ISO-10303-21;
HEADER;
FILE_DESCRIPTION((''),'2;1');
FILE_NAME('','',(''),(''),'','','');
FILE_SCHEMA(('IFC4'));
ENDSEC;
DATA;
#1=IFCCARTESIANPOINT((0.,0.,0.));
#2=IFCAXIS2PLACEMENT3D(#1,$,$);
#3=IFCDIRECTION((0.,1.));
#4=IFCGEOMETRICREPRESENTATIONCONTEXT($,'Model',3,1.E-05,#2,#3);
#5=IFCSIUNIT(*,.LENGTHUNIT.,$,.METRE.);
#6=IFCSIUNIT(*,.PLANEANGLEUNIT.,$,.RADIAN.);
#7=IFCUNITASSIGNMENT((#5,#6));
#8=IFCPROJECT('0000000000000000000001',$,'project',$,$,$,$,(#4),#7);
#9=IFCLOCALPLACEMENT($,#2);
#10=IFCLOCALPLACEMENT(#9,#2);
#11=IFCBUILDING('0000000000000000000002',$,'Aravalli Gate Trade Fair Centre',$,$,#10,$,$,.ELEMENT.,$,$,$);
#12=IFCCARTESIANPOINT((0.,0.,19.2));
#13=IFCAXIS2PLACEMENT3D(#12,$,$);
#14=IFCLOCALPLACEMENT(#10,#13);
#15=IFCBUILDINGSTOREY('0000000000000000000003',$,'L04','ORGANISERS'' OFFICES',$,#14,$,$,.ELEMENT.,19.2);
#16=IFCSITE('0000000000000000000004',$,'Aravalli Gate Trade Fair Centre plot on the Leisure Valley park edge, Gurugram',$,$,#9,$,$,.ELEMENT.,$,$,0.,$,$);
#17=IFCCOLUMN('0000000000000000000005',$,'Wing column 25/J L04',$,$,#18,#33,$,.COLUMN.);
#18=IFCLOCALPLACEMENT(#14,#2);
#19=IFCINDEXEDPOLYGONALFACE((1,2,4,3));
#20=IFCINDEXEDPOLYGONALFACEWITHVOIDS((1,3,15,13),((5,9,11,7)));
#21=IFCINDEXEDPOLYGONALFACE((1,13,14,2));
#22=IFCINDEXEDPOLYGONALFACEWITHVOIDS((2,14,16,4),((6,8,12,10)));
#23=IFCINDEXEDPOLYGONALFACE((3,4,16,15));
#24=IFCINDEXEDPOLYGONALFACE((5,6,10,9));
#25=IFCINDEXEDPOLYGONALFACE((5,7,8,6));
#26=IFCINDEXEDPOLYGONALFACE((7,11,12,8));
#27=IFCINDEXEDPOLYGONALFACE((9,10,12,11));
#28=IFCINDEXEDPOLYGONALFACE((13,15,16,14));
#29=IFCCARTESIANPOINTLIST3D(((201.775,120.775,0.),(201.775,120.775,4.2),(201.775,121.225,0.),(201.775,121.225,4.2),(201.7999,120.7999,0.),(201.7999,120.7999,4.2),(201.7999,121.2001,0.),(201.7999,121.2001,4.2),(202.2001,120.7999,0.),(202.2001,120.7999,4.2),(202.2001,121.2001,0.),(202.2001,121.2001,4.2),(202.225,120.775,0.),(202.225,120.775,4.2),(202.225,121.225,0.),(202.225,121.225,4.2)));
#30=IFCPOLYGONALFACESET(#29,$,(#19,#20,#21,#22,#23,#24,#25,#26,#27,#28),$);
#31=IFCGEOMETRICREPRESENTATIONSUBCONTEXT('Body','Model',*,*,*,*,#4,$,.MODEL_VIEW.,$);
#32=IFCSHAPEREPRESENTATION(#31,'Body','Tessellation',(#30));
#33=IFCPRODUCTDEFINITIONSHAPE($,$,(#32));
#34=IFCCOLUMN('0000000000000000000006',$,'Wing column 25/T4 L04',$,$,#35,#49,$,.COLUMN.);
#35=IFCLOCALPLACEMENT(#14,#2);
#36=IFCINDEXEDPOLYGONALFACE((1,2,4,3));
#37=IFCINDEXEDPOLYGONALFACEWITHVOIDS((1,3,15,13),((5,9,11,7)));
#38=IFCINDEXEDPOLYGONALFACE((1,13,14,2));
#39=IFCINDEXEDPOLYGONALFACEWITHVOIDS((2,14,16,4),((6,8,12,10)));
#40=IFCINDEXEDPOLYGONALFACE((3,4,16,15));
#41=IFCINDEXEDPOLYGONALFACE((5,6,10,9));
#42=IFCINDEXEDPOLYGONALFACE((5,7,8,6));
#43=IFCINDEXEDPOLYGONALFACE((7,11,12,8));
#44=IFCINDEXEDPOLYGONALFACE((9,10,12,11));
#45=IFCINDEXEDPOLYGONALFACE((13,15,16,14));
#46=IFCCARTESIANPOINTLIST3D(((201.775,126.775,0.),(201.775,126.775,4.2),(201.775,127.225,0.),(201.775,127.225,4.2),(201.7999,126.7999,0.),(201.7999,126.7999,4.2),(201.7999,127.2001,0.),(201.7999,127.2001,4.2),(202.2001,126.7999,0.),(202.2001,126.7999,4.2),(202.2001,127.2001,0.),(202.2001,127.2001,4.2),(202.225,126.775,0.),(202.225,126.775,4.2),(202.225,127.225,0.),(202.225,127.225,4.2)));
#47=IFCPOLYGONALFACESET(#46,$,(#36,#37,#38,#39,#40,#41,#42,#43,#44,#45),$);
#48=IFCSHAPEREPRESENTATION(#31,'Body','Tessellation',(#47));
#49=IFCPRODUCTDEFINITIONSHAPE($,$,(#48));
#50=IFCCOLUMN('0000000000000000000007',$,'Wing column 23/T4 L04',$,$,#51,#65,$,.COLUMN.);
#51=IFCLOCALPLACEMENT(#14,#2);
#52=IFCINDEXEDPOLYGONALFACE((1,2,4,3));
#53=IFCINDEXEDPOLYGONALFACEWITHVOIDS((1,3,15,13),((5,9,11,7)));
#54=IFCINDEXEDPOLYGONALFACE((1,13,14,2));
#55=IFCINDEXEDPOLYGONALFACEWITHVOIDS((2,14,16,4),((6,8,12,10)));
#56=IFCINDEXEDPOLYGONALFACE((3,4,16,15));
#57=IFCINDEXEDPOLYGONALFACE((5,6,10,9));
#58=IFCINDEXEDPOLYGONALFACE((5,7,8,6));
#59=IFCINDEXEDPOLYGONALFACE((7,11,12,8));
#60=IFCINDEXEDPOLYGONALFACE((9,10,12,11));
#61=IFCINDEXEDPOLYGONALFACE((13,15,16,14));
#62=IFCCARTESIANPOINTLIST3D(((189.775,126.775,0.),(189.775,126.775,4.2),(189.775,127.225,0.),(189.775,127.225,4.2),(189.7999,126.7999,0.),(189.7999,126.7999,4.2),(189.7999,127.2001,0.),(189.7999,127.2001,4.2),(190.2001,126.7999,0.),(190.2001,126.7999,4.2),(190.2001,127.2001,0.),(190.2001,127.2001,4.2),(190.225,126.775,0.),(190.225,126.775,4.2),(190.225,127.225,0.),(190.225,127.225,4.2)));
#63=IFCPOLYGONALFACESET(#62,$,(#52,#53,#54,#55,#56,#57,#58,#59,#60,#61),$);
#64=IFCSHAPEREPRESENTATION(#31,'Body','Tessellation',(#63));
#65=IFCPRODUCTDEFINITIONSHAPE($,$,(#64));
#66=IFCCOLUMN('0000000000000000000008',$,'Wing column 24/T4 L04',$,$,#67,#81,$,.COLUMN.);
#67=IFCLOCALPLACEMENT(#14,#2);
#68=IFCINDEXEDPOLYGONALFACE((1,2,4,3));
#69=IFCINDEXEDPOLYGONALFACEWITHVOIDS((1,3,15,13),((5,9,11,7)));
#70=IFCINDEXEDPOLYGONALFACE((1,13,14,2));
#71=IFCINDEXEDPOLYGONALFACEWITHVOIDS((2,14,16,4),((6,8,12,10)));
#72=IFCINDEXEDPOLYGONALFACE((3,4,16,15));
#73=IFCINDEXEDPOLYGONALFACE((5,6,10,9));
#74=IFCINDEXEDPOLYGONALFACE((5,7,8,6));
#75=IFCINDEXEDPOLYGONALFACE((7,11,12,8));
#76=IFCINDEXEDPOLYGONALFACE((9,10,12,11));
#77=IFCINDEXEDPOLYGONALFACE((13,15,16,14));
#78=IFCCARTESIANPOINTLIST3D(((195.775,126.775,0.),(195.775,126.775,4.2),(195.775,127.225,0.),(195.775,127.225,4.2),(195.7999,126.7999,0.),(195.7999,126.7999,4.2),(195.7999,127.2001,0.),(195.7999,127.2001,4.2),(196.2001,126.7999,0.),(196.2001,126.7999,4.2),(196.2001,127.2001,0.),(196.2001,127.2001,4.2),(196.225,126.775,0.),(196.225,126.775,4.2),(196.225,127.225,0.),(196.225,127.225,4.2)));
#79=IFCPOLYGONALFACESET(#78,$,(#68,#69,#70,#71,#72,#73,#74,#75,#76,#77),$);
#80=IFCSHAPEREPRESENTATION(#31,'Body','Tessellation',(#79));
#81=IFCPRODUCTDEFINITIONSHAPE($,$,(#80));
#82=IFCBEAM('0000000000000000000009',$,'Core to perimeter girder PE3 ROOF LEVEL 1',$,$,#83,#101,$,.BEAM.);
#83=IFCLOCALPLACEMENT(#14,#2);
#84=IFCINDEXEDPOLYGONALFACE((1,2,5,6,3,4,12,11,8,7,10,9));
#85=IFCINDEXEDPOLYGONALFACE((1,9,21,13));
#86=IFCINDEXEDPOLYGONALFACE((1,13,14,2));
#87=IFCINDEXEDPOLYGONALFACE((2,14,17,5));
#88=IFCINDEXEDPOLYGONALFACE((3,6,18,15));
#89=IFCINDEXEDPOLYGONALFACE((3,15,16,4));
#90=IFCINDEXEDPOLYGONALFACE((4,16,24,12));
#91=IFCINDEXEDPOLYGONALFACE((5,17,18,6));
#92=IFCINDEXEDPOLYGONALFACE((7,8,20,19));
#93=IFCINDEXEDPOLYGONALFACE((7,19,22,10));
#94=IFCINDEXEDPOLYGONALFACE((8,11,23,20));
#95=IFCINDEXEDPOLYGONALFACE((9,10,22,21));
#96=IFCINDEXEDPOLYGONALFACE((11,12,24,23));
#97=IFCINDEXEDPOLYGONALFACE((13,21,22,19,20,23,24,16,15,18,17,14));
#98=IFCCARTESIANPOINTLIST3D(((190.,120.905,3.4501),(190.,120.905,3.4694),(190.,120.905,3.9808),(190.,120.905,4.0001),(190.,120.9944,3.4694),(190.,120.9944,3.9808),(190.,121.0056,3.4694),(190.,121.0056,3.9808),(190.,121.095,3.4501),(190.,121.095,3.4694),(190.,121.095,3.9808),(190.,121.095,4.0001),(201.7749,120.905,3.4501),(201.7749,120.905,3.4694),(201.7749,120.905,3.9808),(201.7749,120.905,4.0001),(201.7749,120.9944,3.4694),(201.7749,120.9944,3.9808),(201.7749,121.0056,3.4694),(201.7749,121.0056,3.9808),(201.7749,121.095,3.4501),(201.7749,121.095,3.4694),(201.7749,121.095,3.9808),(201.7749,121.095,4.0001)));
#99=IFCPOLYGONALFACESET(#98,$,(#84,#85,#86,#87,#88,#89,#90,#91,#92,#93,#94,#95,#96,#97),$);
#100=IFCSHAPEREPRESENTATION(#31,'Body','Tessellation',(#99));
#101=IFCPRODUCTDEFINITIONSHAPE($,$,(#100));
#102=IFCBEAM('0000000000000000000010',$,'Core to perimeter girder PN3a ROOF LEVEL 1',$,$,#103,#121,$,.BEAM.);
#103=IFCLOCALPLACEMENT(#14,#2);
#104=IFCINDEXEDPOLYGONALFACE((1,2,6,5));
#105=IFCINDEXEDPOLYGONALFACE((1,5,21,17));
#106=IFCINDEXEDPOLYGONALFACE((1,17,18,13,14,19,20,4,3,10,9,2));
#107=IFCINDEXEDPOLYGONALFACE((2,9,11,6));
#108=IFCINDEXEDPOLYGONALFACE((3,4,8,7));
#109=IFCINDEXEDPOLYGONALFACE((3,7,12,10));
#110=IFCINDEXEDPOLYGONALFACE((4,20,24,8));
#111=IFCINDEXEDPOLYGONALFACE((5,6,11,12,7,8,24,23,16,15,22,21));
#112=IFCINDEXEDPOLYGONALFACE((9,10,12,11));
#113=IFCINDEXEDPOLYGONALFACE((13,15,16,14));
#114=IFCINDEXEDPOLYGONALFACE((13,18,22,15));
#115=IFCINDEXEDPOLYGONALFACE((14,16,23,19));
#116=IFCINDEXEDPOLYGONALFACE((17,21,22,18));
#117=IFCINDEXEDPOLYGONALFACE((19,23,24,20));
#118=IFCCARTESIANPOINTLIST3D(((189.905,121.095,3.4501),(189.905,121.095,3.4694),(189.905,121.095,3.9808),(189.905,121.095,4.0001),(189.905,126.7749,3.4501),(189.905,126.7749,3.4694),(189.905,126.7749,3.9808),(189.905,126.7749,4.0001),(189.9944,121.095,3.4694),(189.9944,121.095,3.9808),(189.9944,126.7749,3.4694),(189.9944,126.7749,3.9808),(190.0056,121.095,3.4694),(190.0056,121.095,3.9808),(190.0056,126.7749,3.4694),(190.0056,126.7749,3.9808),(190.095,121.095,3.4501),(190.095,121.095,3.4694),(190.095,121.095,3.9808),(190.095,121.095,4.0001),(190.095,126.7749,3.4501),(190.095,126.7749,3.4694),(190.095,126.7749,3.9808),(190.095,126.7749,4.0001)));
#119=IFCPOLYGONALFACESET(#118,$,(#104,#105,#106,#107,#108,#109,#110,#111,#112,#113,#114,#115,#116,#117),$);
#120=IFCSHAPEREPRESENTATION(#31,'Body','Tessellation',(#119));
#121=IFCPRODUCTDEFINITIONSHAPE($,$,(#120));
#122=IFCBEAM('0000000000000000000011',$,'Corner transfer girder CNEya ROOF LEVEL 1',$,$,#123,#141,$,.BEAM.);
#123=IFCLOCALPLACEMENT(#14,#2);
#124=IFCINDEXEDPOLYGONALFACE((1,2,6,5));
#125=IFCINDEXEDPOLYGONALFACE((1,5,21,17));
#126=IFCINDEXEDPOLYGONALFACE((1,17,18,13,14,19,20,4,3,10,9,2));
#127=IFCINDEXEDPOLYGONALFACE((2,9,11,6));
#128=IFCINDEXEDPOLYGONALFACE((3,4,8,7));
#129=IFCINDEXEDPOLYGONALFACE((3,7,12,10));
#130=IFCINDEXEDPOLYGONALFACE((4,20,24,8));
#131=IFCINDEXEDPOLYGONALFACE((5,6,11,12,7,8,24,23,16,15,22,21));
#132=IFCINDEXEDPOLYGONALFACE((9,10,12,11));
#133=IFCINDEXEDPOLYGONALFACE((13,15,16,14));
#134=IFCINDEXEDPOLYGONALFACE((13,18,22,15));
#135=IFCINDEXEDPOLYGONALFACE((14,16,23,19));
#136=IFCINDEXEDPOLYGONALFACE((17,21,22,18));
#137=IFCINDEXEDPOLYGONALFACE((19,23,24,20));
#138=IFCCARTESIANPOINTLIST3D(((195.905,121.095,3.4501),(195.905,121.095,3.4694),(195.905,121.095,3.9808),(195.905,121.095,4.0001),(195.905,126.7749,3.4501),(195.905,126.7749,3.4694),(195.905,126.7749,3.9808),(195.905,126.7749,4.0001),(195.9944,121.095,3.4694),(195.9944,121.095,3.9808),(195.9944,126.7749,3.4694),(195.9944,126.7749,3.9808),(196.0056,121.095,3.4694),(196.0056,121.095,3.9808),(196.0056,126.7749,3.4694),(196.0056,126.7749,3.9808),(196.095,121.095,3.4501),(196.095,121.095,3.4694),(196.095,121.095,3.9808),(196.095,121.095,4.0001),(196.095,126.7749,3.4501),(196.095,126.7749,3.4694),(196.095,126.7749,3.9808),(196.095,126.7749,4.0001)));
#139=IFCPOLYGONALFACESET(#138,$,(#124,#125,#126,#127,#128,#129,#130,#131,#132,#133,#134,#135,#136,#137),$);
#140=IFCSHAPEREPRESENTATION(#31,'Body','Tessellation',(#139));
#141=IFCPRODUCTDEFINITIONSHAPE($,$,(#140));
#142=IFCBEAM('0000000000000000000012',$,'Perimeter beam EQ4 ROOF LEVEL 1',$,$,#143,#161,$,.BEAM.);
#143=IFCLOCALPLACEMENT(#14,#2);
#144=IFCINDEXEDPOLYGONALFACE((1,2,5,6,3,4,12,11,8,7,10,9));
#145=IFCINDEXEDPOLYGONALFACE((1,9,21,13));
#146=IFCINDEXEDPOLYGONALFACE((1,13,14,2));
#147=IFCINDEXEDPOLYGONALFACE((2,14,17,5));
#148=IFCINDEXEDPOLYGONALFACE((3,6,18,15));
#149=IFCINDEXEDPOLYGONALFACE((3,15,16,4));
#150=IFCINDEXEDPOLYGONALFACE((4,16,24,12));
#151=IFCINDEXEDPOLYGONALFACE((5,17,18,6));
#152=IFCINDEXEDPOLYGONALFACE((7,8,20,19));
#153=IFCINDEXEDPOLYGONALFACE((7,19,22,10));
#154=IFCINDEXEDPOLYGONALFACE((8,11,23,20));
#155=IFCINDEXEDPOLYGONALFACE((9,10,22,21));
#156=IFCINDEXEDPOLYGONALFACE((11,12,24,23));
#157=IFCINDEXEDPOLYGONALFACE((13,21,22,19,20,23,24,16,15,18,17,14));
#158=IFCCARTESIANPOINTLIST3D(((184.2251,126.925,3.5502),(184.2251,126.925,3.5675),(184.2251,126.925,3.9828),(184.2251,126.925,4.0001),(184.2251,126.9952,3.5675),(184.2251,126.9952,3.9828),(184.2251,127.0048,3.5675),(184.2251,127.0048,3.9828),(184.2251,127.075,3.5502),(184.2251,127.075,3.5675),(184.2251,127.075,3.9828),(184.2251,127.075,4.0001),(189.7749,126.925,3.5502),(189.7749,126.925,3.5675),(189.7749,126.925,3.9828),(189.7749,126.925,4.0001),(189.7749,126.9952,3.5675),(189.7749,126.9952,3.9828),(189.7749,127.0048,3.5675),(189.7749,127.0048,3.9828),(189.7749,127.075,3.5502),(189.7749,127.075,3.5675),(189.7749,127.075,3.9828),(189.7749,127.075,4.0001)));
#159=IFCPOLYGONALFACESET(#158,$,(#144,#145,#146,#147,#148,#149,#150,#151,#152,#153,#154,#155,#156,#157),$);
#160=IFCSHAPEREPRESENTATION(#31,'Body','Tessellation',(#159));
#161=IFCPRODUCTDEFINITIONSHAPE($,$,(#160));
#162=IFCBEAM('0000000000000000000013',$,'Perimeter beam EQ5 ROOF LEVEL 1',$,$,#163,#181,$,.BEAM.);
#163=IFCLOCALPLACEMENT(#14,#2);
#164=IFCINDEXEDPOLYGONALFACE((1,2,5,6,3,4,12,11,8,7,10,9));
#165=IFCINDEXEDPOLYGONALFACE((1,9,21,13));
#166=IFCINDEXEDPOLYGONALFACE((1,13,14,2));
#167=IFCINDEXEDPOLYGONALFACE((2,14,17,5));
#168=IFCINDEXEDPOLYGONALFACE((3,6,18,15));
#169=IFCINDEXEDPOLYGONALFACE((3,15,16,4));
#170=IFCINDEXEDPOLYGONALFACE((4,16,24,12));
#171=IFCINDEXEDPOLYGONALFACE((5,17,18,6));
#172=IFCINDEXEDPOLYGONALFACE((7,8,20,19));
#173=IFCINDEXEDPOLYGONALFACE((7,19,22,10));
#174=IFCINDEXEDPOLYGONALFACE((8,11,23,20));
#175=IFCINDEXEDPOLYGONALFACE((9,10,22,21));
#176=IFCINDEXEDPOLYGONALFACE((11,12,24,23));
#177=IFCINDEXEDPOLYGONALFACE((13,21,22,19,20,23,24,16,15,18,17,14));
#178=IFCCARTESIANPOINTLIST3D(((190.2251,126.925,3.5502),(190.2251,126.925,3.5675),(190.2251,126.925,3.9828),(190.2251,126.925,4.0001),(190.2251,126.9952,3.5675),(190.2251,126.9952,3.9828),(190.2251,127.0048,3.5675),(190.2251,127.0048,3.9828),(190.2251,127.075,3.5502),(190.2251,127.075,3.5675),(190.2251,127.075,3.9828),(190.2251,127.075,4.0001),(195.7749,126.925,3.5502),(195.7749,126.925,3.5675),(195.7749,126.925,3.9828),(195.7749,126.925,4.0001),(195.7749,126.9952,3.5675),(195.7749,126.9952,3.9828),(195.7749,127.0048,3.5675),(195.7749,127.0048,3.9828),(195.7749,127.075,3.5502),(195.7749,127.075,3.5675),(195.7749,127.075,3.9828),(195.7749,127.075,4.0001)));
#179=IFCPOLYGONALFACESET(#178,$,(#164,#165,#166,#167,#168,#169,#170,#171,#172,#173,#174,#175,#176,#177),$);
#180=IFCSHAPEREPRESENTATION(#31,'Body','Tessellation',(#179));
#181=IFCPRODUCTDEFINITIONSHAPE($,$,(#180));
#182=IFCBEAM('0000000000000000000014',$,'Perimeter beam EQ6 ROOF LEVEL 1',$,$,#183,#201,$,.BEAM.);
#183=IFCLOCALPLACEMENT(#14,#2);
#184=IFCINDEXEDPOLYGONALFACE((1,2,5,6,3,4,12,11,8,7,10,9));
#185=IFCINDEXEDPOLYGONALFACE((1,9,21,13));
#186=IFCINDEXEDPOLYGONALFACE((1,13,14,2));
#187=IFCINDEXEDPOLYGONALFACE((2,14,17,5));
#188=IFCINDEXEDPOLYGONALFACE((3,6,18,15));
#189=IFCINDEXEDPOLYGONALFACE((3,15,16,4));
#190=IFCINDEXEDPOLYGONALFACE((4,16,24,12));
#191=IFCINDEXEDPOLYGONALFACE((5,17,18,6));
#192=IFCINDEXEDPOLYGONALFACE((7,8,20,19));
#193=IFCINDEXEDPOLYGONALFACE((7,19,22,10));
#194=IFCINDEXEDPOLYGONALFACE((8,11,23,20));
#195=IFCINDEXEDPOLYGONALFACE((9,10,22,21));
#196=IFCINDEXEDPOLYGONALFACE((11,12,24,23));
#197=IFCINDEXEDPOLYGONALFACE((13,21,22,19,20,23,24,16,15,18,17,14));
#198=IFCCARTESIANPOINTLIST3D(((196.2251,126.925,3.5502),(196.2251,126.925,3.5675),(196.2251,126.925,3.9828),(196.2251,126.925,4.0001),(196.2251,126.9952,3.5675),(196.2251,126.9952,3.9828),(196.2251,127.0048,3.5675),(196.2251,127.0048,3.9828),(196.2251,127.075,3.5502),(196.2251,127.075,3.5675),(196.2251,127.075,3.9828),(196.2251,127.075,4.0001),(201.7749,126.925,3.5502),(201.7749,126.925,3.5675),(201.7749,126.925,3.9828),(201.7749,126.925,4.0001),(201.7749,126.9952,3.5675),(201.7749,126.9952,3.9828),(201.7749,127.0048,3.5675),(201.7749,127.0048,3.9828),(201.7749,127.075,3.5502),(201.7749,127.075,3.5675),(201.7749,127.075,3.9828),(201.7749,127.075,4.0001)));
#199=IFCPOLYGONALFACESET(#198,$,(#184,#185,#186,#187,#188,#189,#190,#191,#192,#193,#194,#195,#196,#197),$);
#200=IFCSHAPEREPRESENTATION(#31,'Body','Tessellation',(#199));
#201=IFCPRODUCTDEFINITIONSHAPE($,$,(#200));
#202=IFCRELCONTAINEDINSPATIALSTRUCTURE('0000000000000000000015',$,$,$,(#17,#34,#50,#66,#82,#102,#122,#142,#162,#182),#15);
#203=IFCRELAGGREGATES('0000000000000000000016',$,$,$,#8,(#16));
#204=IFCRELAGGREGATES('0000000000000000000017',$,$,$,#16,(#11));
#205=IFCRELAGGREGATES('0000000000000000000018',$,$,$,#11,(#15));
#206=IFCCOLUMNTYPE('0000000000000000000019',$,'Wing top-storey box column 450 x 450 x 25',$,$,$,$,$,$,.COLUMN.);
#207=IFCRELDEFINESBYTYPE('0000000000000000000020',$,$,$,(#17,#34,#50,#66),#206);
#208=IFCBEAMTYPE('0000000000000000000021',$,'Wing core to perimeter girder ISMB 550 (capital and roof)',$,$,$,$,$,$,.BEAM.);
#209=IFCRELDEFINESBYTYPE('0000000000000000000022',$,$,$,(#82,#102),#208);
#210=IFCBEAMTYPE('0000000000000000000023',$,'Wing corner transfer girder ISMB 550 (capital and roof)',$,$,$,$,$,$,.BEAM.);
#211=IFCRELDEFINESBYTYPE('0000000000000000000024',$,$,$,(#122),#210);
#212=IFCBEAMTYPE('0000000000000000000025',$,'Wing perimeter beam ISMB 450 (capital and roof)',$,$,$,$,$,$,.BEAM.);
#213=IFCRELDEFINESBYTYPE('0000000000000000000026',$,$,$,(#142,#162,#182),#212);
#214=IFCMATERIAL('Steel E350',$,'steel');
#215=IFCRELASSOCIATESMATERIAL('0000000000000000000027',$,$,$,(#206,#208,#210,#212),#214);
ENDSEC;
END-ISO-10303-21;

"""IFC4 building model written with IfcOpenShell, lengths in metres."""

from ifc_helpers import new_model, si_unit, direction, frame, origin, origin_2d, place, context, subcontext, project, spatial, hollow_rectangle, i_section, extrude, material, material_profile, profile_set, type_object, element, save


model = new_model("IFC4")

# Units and contexts
model_context = context("Model", 3, precision=1e-05, world=origin(), true_north=direction((0.0, 1.0)))
body_context = subcontext(model_context, "Body", "Model", "MODEL_VIEW")
ifc_project = project(units=[si_unit("LENGTHUNIT", "METRE"), si_unit("PLANEANGLEUNIT", "RADIAN")], contexts=[model_context])

# Site, building, storey
site_placement = place(None, origin())
site = spatial("IfcSite", under=ifc_project, at=site_placement, Name="Aravalli Gate Trade Fair Centre plot on the Leisure Valley park edge, Gurugram", CompositionType="ELEMENT", RefElevation=0.0)
building_placement = place(site_placement, origin())
building = spatial("IfcBuilding", under=site, at=building_placement, Name="Aravalli Gate Trade Fair Centre", CompositionType="ELEMENT")
storey_placement = place(building_placement, frame((0.0, 0.0, 19.2)))
storey = spatial("IfcBuildingStorey", under=building, at=storey_placement, Name="L04", Description="ORGANISERS' OFFICES", CompositionType="ELEMENT", Elevation=19.2)

# Columns
ifc_material_1 = material(Name="Steel E350", Category="steel")
ifc_material_profile_1 = material_profile(ifc_material_1, hollow_rectangle(XDim=0.45, YDim=0.45, WallThickness=0.0249, at=origin_2d()), Name="BOX 450x450x25")
ifc_profile_set_1 = profile_set([ifc_material_profile_1], Name="Steel E350")
column_type = type_object("IfcColumnType", Name="Wing top-storey box column 450 x 450 x 25", PredefinedType="COLUMN", material=ifc_profile_set_1)
for number, where, z_axis, x_axis, name in (
    (1, (202.0, 121.0, 0.0), (0.0, 0.0, 1.0), (1.0, 0.0, 0.0), "Wing column 25/J L04"),
    (2, (202.0, 127.0, 0.0), (0.0, 0.0, 1.0), (1.0, 0.0, 0.0), "Wing column 25/T4 L04"),
    (3, (190.0, 127.0, 0.0), (0.0, 0.0, 1.0), (1.0, 0.0, 0.0), "Wing column 23/T4 L04"),
    (4, (196.0, 127.0, 0.0), (0.0, 0.0, 1.0), (1.0, 0.0, 0.0), "Wing column 24/T4 L04"),
):
    element("IfcColumn", number, at=place(storey_placement, frame(where, z_axis=z_axis, x_axis=x_axis)), inside=storey, type_object=column_type, Name=name, PredefinedType="COLUMN", context=body_context, shape_type="SweptSolid", body=[
        extrude(hollow_rectangle(XDim=0.45, YDim=0.45, WallThickness=0.0249, at=origin_2d()), origin(), (0.0, 0.0, 1.0), 4.2),
    ])

# Beams
ifc_material_profile_2 = material_profile(ifc_material_1, i_section(OverallWidth=0.1899, OverallDepth=0.55, WebThickness=0.0112, FlangeThickness=0.0193, at=origin_2d()), Name="ISMB 550")
ifc_profile_set_2 = profile_set([ifc_material_profile_2], Name="Steel E350")
beam_type_1 = type_object("IfcBeamType", Name="Wing core to perimeter girder ISMB 550 (capital and roof)", PredefinedType="BEAM", material=ifc_profile_set_2)
beam_1_placement = place(storey_placement, frame((190.0, 121.0, 3.7251), z_axis=(1.0, 0.0, 0.0), x_axis=(0.0, 1.0, 0.0)))
element("IfcBeam", 5, at=beam_1_placement, inside=storey, type_object=beam_type_1, Name="Core to perimeter girder PE3 ROOF LEVEL 1", PredefinedType="BEAM", context=body_context, shape_type="SweptSolid", body=[
    extrude(i_section(OverallWidth=0.1899, OverallDepth=0.55, WebThickness=0.0112, FlangeThickness=0.0193, at=origin_2d()), origin(), (0.0, 0.0, 1.0), 11.7749),
])
beam_2_placement = place(storey_placement, frame((190.0, 121.095, 3.7251), z_axis=(0.0, 1.0, 0.0), x_axis=(-1.0, 0.0, 0.0)))
element("IfcBeam", 6, at=beam_2_placement, inside=storey, type_object=beam_type_1, Name="Core to perimeter girder PN3a ROOF LEVEL 1", PredefinedType="BEAM", context=body_context, shape_type="SweptSolid", body=[
    extrude(i_section(OverallWidth=0.1899, OverallDepth=0.55, WebThickness=0.0112, FlangeThickness=0.0193, at=origin_2d()), origin(), (0.0, 0.0, 1.0), 5.6799),
])
ifc_material_profile_3 = material_profile(ifc_material_1, i_section(OverallWidth=0.1899, OverallDepth=0.55, WebThickness=0.0112, FlangeThickness=0.0193, at=origin_2d()), Name="ISMB 550")
ifc_profile_set_3 = profile_set([ifc_material_profile_3], Name="Steel E350")
beam_type_2 = type_object("IfcBeamType", Name="Wing corner transfer girder ISMB 550 (capital and roof)", PredefinedType="BEAM", material=ifc_profile_set_3)
beam_3_placement = place(storey_placement, frame((196.0, 121.095, 3.7251), z_axis=(0.0, 1.0, 0.0), x_axis=(-1.0, 0.0, 0.0)))
element("IfcBeam", 7, at=beam_3_placement, inside=storey, type_object=beam_type_2, Name="Corner transfer girder CNEya ROOF LEVEL 1", PredefinedType="BEAM", context=body_context, shape_type="SweptSolid", body=[
    extrude(i_section(OverallWidth=0.1899, OverallDepth=0.55, WebThickness=0.0112, FlangeThickness=0.0193, at=origin_2d()), origin(), (0.0, 0.0, 1.0), 5.6799),
])
ifc_material_profile_4 = material_profile(ifc_material_1, i_section(OverallWidth=0.1499, OverallDepth=0.45, WebThickness=0.0095, FlangeThickness=0.0173, at=origin_2d()), Name="ISMB 450")
ifc_profile_set_4 = profile_set([ifc_material_profile_4], Name="Steel E350")
beam_type_3 = type_object("IfcBeamType", Name="Wing perimeter beam ISMB 450 (capital and roof)", PredefinedType="BEAM", material=ifc_profile_set_4)
for number, where, z_axis, x_axis, name in (
    (8, (184.2251, 127.0, 3.7751), (1.0, 0.0, 0.0), (0.0, 1.0, 0.0), "Perimeter beam EQ4 ROOF LEVEL 1"),
    (9, (190.2251, 127.0, 3.7751), (1.0, 0.0, 0.0), (0.0, 1.0, 0.0), "Perimeter beam EQ5 ROOF LEVEL 1"),
    (10, (196.2251, 127.0, 3.7751), (1.0, 0.0, 0.0), (0.0, 1.0, 0.0), "Perimeter beam EQ6 ROOF LEVEL 1"),
):
    element("IfcBeam", number, at=place(storey_placement, frame(where, z_axis=z_axis, x_axis=x_axis)), inside=storey, type_object=beam_type_3, Name=name, PredefinedType="BEAM", context=body_context, shape_type="SweptSolid", body=[
        extrude(i_section(OverallWidth=0.1499, OverallDepth=0.45, WebThickness=0.0095, FlangeThickness=0.0173, at=origin_2d()), origin(), (0.0, 0.0, 1.0), 5.5498),
    ])

save(model, "model.ifc")
